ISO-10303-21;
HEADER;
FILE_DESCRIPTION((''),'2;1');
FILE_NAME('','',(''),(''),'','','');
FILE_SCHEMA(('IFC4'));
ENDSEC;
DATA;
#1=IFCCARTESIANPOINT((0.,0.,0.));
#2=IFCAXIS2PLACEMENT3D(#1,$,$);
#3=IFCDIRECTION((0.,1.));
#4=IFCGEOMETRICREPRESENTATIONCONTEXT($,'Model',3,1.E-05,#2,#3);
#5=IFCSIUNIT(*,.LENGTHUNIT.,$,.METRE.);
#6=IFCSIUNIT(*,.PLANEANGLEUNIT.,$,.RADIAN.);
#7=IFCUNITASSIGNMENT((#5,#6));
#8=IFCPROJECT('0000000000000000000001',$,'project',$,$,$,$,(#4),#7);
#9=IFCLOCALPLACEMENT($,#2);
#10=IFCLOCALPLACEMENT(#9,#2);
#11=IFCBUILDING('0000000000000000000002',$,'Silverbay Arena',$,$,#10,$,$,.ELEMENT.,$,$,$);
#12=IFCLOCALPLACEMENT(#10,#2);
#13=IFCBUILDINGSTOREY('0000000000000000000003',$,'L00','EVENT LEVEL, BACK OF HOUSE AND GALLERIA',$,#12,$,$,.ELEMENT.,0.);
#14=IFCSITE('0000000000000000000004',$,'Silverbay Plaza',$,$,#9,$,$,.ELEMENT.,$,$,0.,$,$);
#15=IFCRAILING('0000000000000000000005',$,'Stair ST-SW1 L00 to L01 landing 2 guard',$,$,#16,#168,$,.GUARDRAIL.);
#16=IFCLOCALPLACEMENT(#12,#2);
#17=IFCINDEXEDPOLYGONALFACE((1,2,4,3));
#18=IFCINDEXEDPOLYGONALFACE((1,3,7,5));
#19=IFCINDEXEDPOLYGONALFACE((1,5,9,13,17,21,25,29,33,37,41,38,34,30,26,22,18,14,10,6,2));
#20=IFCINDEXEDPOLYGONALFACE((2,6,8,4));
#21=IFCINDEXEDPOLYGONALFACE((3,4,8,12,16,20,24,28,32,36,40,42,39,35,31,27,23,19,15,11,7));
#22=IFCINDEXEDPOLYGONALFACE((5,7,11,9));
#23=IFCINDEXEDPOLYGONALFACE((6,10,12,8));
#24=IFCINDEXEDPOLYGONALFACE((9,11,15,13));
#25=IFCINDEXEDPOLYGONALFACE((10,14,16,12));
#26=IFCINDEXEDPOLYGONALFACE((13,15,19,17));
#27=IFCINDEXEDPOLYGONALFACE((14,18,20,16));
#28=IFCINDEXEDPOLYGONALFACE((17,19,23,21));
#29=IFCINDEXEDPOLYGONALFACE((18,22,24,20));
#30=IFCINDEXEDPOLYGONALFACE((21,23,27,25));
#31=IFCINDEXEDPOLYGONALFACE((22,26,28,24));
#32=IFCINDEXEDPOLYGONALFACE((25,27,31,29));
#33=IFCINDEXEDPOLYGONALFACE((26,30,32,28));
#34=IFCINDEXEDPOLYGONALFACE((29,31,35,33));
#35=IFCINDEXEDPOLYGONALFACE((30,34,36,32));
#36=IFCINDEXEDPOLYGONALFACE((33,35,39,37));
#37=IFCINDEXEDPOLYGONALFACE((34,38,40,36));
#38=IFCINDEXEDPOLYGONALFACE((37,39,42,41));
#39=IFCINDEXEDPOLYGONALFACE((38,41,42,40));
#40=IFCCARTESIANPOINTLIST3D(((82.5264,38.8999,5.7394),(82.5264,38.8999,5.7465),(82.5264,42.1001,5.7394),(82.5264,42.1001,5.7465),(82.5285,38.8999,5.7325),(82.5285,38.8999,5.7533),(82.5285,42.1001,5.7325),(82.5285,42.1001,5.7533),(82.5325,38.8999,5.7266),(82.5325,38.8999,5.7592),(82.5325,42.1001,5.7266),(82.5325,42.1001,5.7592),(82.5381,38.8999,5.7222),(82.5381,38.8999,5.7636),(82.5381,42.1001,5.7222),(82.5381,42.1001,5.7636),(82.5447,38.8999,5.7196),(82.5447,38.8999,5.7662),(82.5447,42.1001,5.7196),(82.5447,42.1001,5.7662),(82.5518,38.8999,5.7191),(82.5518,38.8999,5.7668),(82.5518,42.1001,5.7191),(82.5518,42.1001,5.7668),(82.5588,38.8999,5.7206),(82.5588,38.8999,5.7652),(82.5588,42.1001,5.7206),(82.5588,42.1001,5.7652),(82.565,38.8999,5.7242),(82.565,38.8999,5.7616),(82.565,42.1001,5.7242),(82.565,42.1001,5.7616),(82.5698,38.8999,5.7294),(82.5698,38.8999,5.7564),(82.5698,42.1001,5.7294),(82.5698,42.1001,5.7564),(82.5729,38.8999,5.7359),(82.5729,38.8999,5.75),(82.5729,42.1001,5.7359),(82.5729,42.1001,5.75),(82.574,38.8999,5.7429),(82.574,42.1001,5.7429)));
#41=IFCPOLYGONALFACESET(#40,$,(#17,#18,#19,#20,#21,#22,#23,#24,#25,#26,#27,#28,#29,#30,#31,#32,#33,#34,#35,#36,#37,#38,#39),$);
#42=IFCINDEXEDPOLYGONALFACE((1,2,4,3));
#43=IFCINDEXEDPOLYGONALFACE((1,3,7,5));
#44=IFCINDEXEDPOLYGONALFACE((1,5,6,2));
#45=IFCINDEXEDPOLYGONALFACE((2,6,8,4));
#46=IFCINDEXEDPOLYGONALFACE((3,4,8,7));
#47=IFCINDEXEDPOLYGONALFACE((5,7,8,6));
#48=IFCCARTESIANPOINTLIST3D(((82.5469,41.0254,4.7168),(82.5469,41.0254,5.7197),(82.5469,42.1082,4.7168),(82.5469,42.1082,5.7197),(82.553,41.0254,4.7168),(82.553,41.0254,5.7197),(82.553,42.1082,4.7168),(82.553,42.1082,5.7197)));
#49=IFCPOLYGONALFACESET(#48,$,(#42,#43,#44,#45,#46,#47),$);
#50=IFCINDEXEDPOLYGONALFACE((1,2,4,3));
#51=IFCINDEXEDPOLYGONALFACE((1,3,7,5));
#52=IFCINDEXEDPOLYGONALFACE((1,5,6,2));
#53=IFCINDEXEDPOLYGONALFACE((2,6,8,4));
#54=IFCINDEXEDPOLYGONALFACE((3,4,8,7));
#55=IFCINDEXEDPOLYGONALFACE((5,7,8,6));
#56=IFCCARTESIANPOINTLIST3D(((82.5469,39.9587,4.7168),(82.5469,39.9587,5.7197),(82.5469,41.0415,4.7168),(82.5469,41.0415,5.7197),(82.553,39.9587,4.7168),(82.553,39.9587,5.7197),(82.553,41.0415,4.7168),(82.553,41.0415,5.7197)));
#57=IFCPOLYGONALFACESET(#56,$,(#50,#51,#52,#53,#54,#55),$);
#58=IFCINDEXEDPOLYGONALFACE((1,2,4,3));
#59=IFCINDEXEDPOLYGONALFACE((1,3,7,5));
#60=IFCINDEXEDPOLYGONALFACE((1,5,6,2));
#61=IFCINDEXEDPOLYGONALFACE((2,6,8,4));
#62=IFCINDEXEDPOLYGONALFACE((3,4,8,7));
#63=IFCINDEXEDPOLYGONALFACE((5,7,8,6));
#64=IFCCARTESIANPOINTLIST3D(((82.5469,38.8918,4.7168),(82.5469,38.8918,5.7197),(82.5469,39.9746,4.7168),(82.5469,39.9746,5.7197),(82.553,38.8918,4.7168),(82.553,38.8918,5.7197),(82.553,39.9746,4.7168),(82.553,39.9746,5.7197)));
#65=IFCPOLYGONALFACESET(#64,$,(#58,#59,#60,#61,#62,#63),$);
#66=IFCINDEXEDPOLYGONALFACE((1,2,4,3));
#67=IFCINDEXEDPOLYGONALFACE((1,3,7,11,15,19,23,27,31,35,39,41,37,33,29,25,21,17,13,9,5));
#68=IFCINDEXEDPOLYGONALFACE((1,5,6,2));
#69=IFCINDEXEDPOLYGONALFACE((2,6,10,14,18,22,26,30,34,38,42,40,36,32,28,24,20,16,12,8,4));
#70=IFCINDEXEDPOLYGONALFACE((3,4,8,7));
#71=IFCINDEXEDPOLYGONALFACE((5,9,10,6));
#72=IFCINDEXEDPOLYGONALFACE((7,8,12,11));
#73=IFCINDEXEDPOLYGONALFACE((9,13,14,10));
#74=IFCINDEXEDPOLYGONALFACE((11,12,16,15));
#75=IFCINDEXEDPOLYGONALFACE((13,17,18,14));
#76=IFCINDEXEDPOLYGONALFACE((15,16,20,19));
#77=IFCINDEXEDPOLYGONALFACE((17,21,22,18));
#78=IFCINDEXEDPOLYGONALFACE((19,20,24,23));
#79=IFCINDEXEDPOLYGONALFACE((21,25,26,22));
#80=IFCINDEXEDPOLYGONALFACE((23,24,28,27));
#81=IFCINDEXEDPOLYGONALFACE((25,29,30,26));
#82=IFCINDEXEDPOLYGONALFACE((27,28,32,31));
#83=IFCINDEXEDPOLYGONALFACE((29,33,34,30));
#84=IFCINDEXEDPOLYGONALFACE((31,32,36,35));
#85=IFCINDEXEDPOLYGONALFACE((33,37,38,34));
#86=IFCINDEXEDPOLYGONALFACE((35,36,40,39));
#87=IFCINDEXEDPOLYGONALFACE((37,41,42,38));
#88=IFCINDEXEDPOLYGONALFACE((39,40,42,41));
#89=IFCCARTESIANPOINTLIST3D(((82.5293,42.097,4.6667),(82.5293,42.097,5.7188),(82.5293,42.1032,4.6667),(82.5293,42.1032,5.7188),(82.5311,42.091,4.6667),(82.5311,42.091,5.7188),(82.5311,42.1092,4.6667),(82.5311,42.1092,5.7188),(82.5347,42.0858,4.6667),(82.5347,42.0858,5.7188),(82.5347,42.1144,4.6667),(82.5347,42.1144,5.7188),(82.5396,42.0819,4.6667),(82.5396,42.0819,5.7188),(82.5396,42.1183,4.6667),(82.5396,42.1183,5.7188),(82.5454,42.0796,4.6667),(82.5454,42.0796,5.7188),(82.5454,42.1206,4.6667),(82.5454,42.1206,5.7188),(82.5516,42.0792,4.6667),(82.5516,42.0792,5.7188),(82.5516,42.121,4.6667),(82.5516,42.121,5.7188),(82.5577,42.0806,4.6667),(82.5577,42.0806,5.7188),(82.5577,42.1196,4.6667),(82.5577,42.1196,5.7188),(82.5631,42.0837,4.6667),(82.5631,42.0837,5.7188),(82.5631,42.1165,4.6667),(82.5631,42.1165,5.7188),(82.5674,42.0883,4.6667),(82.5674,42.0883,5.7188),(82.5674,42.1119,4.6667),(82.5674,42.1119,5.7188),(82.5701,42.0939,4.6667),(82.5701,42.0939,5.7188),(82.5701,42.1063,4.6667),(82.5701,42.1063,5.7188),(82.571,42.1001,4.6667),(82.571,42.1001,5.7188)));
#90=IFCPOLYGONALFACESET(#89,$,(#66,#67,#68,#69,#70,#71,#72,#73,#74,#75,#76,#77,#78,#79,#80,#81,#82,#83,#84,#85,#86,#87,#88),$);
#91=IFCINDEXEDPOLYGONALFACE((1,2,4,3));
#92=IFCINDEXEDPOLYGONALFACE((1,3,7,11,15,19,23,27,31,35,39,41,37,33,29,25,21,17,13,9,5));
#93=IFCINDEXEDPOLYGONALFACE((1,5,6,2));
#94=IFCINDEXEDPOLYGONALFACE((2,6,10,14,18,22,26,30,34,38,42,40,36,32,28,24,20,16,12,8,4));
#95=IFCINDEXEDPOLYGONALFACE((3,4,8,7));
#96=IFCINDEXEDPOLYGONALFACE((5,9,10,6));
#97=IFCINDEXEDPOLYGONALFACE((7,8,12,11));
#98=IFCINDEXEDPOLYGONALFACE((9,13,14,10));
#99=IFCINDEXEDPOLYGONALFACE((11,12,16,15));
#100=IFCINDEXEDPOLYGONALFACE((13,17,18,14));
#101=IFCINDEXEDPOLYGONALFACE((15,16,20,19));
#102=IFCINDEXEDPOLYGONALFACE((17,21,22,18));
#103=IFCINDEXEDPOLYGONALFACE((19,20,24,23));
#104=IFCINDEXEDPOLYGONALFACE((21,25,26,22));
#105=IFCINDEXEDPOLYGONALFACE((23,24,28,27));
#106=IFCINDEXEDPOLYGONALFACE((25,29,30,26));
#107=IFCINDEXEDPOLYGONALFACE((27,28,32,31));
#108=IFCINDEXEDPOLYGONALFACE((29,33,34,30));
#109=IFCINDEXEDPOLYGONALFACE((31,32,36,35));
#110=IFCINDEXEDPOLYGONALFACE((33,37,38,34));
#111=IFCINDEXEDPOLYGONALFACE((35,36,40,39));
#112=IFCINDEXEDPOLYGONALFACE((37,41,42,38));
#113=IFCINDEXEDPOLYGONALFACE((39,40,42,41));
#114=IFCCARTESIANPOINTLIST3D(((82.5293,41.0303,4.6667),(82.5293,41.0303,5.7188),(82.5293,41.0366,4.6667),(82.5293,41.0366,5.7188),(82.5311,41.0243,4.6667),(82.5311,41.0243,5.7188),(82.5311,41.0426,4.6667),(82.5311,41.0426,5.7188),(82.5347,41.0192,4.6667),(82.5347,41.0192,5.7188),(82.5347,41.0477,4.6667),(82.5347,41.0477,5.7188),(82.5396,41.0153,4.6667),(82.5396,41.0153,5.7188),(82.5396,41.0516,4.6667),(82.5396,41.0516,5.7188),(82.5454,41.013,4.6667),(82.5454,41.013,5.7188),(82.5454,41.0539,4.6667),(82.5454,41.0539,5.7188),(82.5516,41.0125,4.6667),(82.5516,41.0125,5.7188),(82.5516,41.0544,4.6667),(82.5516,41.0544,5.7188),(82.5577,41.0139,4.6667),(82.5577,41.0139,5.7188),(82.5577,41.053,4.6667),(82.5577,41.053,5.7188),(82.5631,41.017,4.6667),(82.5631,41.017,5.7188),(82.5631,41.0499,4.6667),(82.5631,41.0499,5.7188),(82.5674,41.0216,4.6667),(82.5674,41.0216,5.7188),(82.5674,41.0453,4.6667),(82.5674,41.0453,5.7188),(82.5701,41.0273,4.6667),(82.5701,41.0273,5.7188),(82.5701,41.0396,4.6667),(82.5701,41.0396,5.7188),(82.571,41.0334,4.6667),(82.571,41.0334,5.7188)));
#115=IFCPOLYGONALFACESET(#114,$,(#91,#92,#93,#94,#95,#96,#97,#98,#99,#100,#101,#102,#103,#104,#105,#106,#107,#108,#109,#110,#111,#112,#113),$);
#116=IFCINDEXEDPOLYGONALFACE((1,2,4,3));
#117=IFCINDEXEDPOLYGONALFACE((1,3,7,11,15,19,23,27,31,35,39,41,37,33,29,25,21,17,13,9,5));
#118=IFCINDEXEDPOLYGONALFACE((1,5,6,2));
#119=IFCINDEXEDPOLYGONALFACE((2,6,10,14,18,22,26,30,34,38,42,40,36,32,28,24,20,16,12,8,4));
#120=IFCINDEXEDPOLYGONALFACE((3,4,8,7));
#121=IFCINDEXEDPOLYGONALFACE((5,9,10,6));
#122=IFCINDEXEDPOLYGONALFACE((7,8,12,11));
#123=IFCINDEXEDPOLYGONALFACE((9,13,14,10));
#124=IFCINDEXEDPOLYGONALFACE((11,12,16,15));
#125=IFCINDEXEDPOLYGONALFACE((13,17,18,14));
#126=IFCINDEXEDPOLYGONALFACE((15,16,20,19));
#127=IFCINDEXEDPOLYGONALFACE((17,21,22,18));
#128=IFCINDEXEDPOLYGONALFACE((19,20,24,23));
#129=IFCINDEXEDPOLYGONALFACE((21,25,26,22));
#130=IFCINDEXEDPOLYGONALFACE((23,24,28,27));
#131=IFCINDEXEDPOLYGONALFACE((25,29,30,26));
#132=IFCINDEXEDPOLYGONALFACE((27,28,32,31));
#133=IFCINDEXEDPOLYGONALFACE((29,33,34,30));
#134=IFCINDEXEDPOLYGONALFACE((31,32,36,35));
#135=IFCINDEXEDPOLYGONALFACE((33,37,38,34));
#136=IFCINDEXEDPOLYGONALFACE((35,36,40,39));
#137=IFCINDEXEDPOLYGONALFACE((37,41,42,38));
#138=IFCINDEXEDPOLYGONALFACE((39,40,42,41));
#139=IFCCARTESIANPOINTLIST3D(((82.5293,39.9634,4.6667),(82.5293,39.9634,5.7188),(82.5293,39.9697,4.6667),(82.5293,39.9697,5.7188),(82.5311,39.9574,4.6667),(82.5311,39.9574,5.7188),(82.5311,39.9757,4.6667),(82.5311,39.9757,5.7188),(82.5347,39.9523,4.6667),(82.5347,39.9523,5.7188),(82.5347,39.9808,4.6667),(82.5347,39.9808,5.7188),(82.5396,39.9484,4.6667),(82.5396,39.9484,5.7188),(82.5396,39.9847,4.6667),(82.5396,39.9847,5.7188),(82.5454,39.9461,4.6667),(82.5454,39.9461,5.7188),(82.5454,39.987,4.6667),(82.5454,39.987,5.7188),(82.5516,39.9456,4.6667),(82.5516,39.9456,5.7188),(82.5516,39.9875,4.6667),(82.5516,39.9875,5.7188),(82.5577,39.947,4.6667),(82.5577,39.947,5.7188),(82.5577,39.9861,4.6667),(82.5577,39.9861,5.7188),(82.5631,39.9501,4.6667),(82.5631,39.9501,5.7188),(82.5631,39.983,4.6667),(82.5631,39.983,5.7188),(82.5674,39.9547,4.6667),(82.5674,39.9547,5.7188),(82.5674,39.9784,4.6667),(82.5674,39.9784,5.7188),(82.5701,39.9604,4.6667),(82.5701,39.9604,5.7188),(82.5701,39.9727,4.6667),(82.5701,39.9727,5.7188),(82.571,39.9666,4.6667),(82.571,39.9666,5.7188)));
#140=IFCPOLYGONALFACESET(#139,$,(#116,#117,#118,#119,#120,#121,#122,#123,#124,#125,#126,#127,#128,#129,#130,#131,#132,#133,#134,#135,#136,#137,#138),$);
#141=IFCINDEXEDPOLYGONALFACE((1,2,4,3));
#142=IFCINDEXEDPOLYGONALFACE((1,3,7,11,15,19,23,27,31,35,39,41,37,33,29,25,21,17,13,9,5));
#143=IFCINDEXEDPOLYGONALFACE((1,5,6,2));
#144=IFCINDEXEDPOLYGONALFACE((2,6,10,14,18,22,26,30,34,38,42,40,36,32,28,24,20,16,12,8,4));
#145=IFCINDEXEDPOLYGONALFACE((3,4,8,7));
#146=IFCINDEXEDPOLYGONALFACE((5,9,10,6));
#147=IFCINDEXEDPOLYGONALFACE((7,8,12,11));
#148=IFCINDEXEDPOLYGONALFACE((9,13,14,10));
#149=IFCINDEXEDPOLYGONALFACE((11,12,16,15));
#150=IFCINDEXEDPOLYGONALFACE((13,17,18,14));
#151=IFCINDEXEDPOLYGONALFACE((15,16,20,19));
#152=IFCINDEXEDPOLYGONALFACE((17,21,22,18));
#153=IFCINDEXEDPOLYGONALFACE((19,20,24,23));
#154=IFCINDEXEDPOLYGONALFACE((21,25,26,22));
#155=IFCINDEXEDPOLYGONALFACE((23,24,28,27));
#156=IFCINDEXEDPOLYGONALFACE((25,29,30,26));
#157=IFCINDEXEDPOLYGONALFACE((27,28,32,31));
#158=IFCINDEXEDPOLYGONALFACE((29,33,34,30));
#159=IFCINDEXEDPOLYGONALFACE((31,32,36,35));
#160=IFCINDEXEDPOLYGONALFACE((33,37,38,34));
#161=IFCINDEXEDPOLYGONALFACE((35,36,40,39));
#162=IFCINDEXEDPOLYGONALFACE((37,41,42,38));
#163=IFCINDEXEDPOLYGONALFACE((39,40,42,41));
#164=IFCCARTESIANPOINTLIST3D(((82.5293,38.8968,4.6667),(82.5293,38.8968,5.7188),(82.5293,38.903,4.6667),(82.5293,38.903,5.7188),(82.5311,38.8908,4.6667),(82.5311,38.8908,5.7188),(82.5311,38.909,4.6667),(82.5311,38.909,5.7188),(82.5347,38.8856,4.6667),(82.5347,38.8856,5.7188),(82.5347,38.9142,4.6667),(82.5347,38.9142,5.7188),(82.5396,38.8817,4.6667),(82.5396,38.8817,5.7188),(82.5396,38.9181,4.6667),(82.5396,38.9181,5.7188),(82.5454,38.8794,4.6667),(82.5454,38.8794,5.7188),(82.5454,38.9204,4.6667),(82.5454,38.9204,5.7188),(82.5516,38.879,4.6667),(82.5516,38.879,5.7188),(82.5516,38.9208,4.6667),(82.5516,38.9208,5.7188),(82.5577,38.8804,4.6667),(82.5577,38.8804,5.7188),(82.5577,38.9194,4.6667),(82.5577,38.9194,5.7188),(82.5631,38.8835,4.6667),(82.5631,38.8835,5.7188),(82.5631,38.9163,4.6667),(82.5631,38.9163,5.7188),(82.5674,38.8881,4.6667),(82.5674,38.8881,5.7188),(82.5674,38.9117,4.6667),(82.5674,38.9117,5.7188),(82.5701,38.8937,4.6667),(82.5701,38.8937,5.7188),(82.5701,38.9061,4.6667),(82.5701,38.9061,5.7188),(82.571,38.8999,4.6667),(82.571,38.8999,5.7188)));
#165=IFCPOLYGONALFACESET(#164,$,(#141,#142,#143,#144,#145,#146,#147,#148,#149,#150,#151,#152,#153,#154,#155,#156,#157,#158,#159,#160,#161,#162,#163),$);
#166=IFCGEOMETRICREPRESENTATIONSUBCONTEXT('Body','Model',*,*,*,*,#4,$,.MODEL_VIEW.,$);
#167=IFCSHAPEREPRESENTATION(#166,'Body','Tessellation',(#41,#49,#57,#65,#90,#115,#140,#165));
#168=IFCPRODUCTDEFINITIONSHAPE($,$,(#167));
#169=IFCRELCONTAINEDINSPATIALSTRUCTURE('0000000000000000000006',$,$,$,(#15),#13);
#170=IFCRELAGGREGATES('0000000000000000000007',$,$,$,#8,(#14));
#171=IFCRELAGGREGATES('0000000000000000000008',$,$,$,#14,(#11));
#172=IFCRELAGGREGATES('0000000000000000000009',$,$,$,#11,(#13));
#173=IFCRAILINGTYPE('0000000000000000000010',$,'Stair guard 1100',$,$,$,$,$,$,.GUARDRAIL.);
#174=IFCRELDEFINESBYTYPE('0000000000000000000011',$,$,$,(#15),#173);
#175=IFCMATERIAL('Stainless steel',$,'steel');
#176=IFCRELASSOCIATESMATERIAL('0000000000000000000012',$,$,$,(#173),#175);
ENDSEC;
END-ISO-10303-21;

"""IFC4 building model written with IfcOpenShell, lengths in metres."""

from ifc_helpers import new_model, si_unit, direction, frame, origin, origin_2d, place, context, subcontext, project, spatial, polyline, circle, outline, extrude, material, type_object, element, save


model = new_model("IFC4")

# Units and contexts
model_context = context("Model", 3, precision=1e-05, world=origin(), true_north=direction((0.0, 1.0)))
body_context = subcontext(model_context, "Body", "Model", "MODEL_VIEW")
ifc_project = project(units=[si_unit("LENGTHUNIT", "METRE"), si_unit("PLANEANGLEUNIT", "RADIAN")], contexts=[model_context])

# Site, building, storey
site_placement = place(None, origin())
site = spatial("IfcSite", under=ifc_project, at=site_placement, Name="Silverbay Plaza", CompositionType="ELEMENT", RefElevation=0.0)
building_placement = place(site_placement, origin())
building = spatial("IfcBuilding", under=site, at=building_placement, Name="Silverbay Arena", CompositionType="ELEMENT")
storey_placement = place(building_placement, origin())
storey = spatial("IfcBuildingStorey", under=building, at=storey_placement, Name="L00", Description="EVENT LEVEL, BACK OF HOUSE AND GALLERIA", CompositionType="ELEMENT", Elevation=0.0)

# Railing
ifc_material_1 = material(Name="Stainless steel", Category="steel")
railing_type_1 = type_object("IfcRailingType", Name="Stair guard 1100", PredefinedType="GUARDRAIL", material=ifc_material_1)
for number, where, name in (
    (1, (82.55, 42.1001, 4.6667), "Stair ST-SW1 L00 to L01 landing 2 guard"),
):
    element("IfcRailing", number, at=place(storey_placement, frame(where)), inside=storey, type_object=railing_type_1, Name=name, PredefinedType="GUARDRAIL", context=body_context, shape_type="SweptSolid", body=[
        extrude(circle(Radius=0.0239, at=origin_2d()), frame((0.0, 0.0, 1.0762), z_axis=(0.0, -1.0, 0.0), x_axis=(1.0, 0.0, 0.0)), (0.0, 0.0, 1.0), 3.2002),
        extrude(outline(polyline([(-0.0081, 0.05), (1.0747, 0.05), (1.0747, 1.053), (-0.0081, 1.053), (-0.0081, 0.05)])), frame((0.0029, 0.0, 0.0), z_axis=(-1.0, 0.0, 0.0), x_axis=(0.0, -1.0, 0.0)), (0.0, 0.0, 1.0), 0.0061),
        extrude(outline(polyline([(-0.0081, 0.05), (1.0747, 0.05), (1.0747, 1.053), (-0.0081, 1.053), (-0.0081, 0.05)])), frame((0.0029, -1.0667, 0.0), z_axis=(-1.0, 0.0, 0.0), x_axis=(0.0, -1.0, 0.0)), (0.0, 0.0, 1.0), 0.0061),
        extrude(outline(polyline([(-0.0081, 0.05), (1.0747, 0.05), (1.0747, 1.053), (-0.0081, 1.053), (-0.0081, 0.05)])), frame((0.0029, -2.1335, 0.0), z_axis=(-1.0, 0.0, 0.0), x_axis=(0.0, -1.0, 0.0)), (0.0, 0.0, 1.0), 0.0061),
        extrude(circle(Radius=0.021, at=origin_2d()), origin(), (0.0, 0.0, 1.0), 1.052),
        extrude(circle(Radius=0.021, at=origin_2d()), frame((0.0, -1.0667, 0.0)), (0.0, 0.0, 1.0), 1.052),
        extrude(circle(Radius=0.021, at=origin_2d()), frame((0.0, -2.1335, 0.0)), (0.0, 0.0, 1.0), 1.052),
        extrude(circle(Radius=0.021, at=origin_2d()), frame((0.0, -3.2002, 0.0)), (0.0, 0.0, 1.0), 1.052),
    ])

save(model, "model.ifc")
